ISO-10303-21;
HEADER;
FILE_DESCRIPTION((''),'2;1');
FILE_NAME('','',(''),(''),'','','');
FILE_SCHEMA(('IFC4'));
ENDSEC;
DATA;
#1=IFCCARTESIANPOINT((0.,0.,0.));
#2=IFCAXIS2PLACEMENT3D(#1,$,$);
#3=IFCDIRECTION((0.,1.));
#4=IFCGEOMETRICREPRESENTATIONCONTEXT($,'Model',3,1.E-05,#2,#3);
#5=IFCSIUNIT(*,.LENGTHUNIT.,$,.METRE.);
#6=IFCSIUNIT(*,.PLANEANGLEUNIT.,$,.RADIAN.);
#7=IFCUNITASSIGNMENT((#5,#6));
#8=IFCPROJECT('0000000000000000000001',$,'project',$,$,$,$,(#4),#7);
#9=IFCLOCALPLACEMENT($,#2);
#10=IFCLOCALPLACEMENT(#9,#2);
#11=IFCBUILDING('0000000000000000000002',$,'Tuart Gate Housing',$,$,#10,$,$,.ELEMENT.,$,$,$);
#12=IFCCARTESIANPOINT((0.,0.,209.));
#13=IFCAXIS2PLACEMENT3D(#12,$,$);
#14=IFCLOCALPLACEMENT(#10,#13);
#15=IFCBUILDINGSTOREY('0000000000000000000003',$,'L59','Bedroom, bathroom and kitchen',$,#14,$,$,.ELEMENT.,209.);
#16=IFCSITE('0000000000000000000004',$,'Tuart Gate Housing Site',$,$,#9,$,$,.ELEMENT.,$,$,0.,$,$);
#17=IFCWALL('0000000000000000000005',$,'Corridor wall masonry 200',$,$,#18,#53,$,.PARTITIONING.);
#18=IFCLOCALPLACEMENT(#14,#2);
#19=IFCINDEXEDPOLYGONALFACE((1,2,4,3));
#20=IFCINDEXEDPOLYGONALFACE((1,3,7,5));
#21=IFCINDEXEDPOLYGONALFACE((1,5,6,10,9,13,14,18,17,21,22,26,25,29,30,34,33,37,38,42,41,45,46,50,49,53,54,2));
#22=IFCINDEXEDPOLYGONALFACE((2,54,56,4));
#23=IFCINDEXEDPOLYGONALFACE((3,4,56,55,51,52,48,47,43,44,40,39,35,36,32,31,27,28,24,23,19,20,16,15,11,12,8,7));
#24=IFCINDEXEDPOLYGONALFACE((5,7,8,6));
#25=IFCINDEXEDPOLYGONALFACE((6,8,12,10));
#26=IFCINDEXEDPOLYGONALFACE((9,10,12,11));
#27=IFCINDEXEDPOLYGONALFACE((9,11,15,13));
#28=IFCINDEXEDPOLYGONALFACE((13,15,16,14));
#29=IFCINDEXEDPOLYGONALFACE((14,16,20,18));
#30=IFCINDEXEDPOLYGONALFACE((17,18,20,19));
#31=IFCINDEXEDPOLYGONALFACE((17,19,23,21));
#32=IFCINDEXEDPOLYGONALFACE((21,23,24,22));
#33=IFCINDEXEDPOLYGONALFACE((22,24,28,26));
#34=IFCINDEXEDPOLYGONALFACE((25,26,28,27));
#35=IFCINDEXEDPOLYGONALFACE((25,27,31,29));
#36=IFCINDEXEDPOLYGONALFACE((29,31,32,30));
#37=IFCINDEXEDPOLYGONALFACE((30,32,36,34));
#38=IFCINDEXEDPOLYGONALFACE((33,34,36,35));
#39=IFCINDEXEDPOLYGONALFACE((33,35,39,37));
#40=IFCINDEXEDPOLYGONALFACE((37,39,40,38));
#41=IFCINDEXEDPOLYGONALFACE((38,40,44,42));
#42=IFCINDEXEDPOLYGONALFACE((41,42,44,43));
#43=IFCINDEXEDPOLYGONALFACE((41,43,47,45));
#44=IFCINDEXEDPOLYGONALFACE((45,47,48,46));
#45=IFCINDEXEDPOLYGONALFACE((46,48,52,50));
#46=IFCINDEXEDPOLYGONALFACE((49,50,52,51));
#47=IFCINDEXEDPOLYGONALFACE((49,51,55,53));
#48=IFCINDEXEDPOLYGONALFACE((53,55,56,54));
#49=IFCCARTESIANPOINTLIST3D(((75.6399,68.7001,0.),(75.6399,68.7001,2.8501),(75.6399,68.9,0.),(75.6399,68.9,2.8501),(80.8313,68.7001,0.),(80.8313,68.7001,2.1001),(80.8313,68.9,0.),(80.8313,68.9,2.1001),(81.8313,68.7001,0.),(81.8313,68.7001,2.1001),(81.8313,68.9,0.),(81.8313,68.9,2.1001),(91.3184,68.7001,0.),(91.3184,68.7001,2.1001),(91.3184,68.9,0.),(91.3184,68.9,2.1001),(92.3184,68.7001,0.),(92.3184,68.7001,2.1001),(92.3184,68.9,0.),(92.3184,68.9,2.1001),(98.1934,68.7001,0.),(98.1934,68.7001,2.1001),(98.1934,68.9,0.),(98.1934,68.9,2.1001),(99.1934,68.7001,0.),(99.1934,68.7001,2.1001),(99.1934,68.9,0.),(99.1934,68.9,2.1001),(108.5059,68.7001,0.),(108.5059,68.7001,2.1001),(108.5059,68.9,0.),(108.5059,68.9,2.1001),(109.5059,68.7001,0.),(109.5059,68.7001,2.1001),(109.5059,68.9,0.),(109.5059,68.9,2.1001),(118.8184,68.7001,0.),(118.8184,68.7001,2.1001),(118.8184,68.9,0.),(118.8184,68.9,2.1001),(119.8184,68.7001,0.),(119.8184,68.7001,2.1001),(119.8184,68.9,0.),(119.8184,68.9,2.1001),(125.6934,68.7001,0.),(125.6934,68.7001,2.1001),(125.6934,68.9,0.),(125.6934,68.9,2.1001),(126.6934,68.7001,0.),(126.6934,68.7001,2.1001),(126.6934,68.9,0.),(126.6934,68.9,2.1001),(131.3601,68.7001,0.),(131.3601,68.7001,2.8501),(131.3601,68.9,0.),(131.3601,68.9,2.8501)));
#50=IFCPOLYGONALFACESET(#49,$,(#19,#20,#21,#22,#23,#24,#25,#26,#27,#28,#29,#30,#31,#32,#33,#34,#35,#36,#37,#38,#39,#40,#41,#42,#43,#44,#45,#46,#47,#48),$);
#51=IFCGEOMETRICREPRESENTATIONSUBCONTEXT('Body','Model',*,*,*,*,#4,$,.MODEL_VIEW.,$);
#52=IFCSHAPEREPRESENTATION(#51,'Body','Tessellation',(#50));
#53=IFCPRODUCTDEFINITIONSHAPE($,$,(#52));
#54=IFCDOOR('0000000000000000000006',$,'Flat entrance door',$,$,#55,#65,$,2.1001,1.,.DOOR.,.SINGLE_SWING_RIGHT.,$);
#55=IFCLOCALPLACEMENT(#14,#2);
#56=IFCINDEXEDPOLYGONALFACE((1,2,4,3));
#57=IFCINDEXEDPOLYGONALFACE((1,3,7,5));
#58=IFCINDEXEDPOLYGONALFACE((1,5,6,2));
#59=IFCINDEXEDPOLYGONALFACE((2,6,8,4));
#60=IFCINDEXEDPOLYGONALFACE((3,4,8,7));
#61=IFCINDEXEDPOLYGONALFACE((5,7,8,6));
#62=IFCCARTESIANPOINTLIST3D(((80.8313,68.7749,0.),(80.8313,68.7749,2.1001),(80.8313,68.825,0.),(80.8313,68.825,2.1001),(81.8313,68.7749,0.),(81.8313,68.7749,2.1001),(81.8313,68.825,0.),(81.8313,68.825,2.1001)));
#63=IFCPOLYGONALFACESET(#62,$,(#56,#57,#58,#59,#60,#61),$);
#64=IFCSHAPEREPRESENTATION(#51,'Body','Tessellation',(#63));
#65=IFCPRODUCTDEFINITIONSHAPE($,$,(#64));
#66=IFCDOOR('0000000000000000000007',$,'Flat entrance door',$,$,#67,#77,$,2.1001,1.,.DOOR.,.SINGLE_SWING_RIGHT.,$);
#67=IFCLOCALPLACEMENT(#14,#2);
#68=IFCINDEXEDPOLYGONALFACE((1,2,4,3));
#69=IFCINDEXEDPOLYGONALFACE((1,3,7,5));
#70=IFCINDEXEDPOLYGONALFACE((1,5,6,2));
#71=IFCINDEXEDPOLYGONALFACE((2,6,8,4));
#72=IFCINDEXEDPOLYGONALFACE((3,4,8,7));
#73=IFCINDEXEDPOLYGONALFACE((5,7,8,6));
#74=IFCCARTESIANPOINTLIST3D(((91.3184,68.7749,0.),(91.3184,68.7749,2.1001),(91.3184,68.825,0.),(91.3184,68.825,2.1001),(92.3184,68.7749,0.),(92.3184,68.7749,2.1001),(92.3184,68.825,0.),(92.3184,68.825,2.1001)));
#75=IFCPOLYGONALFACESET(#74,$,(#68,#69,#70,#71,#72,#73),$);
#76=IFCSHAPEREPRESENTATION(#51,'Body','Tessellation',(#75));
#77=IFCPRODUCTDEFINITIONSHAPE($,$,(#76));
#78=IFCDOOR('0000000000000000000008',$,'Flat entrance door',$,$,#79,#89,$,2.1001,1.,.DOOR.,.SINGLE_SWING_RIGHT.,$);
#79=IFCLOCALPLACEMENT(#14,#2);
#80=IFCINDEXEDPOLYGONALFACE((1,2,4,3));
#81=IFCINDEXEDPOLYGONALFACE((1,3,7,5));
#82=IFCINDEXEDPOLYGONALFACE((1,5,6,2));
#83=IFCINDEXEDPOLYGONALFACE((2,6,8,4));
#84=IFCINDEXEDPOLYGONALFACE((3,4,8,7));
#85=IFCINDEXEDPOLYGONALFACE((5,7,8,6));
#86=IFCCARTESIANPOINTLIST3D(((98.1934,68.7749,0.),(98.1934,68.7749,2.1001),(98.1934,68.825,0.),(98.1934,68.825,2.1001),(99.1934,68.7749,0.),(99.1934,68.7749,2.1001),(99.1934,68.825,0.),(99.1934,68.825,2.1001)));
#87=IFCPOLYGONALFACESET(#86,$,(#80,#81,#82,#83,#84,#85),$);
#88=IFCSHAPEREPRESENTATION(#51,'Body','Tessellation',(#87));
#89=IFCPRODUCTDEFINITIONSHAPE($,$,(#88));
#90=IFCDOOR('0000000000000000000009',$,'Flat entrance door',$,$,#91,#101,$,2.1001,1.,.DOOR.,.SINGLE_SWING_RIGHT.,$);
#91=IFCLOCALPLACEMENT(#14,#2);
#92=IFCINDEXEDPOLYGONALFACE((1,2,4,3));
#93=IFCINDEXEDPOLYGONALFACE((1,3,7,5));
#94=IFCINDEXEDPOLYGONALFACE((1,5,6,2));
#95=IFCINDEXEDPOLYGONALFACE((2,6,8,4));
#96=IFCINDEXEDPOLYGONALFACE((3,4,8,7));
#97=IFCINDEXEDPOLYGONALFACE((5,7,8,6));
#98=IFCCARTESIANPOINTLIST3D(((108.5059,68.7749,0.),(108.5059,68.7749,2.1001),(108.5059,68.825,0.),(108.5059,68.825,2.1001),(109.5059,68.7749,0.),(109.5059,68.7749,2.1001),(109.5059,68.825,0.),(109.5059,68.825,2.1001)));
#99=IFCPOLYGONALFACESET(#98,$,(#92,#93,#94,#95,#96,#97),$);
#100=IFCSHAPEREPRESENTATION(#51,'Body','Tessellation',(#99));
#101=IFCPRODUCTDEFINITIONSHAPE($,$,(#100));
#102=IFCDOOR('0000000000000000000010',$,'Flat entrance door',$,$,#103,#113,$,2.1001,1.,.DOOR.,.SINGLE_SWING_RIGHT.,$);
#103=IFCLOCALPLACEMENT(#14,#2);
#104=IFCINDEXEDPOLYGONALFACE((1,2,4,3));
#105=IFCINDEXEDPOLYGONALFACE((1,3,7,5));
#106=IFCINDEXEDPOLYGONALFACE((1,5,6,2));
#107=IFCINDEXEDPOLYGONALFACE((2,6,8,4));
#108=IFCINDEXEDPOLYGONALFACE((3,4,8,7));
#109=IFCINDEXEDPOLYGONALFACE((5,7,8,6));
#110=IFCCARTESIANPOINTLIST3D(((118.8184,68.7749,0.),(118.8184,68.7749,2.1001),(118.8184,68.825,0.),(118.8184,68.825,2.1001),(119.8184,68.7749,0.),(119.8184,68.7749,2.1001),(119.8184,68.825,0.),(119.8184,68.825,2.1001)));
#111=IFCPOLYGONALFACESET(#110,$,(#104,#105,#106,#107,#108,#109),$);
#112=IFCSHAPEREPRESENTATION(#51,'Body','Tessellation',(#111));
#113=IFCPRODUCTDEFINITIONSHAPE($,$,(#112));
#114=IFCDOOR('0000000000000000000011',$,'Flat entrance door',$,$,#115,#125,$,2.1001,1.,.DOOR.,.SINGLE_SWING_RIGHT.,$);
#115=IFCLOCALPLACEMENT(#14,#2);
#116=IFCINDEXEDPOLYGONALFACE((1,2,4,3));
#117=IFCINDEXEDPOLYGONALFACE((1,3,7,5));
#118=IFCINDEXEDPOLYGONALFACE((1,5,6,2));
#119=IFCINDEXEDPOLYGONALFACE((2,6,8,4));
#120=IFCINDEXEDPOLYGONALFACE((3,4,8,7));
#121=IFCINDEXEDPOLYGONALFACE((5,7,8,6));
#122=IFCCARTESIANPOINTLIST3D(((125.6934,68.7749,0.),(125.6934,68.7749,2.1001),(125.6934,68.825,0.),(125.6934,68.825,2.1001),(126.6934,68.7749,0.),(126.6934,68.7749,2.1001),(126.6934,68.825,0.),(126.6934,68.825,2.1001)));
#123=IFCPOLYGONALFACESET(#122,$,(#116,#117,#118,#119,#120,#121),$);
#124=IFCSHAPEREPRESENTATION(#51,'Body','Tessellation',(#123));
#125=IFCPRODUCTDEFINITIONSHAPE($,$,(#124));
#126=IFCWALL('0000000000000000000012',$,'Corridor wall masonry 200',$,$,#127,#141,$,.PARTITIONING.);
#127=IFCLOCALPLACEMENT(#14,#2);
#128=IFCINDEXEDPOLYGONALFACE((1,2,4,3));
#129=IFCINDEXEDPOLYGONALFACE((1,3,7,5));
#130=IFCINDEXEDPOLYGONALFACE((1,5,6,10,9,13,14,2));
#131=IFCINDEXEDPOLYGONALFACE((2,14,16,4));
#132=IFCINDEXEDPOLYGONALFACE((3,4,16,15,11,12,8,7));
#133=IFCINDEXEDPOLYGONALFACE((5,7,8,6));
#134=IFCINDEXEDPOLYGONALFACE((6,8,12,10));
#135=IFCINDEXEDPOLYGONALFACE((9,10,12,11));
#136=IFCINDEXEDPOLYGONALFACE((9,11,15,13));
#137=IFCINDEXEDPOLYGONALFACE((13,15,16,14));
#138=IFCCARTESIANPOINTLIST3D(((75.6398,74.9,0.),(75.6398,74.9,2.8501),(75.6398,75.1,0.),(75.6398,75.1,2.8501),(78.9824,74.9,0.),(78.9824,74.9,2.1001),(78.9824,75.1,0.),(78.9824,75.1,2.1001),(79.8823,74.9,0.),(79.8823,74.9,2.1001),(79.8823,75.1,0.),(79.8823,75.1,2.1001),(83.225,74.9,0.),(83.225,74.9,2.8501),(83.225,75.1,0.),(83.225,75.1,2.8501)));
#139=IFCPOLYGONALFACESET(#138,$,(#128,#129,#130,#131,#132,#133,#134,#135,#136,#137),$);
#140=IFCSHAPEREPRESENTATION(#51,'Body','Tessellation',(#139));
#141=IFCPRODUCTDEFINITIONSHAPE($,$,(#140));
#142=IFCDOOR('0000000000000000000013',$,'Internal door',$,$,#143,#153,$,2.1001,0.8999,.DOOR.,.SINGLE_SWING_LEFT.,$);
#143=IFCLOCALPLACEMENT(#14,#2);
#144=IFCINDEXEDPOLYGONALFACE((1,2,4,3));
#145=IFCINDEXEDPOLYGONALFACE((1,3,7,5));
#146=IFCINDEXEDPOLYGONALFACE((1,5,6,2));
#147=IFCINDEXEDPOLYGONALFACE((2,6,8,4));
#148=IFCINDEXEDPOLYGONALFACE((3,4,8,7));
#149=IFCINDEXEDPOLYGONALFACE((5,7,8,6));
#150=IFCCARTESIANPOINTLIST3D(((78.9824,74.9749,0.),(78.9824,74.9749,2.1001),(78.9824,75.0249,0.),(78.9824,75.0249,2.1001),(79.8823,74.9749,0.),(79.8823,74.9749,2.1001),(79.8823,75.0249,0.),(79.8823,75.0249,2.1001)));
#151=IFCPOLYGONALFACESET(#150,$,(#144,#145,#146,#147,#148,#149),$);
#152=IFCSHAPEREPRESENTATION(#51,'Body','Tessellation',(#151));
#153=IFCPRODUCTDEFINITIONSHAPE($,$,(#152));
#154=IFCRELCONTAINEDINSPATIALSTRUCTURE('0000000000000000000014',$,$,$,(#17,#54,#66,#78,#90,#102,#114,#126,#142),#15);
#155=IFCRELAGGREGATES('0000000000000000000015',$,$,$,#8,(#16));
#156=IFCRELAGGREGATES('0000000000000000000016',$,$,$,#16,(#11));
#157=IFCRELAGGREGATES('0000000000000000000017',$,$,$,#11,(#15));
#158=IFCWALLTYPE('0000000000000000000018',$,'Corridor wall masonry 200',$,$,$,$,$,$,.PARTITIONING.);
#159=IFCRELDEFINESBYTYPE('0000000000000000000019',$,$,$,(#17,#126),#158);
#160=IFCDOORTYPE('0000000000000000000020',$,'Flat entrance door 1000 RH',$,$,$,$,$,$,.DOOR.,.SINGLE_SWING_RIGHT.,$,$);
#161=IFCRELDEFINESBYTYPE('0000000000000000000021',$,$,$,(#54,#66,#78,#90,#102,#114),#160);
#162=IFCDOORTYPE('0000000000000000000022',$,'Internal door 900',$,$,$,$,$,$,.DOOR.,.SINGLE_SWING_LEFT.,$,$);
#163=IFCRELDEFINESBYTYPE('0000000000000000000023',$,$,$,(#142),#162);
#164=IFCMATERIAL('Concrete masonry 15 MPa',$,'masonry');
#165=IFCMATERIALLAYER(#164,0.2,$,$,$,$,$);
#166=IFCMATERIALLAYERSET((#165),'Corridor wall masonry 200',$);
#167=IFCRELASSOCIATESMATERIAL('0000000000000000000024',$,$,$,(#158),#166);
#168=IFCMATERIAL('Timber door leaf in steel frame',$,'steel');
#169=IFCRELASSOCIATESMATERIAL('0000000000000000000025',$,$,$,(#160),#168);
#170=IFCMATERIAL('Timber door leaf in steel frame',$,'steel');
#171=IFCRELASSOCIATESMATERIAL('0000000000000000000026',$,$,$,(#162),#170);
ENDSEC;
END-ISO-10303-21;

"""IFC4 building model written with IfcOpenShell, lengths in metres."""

from ifc_helpers import new_model, si_unit, direction, frame, frame_2d, origin, place, context, subcontext, project, spatial, rectangle, extrude, material, layer, layer_set, type_object, element, fill, save


model = new_model("IFC4")

# Units and contexts
model_context = context("Model", 3, precision=1e-05, world=origin(), true_north=direction((0.0, 1.0)))
body_context = subcontext(model_context, "Body", "Model", "MODEL_VIEW")
ifc_project = project(units=[si_unit("LENGTHUNIT", "METRE"), si_unit("PLANEANGLEUNIT", "RADIAN")], contexts=[model_context])

# Site, building, storey
site_placement = place(None, origin())
site = spatial("IfcSite", under=ifc_project, at=site_placement, Name="Tuart Gate Housing Site", CompositionType="ELEMENT", RefElevation=0.0)
building_placement = place(site_placement, origin())
building = spatial("IfcBuilding", under=site, at=building_placement, Name="Tuart Gate Housing", CompositionType="ELEMENT")
storey_placement = place(building_placement, frame((0.0, 0.0, 209.0)))
storey = spatial("IfcBuildingStorey", under=building, at=storey_placement, Name="L59", Description="Bedroom, bathroom and kitchen", CompositionType="ELEMENT", Elevation=209.0)

# Wall, openings, doors
ifc_material_1 = material(Name="Concrete masonry 15 MPa", Category="masonry")
ifc_layer_1 = layer(ifc_material_1, 0.2)
ifc_layer_set_1 = layer_set([ifc_layer_1], Name="Corridor wall masonry 200")
wall_type_1 = type_object("IfcWallType", Name="Corridor wall masonry 200", PredefinedType="PARTITIONING", material=ifc_layer_set_1)
wall_1_placement = place(storey_placement, frame((75.6399, 68.8, 0.0), z_axis=(0.0, 0.0, 1.0), x_axis=(1.0, 0.0, 0.0)))
wall_1 = element("IfcWall", 1, at=wall_1_placement, inside=storey, type_object=wall_type_1, Name="Corridor wall masonry 200", PredefinedType="PARTITIONING", context=body_context, shape_type="SweptSolid", body=[
    extrude(rectangle(XDim=55.7202, YDim=0.2, at=frame_2d((27.8601, 0.0))), origin(), (0.0, 0.0, 1.0), 2.8501),
])
opening_1_placement = place(wall_1_placement, frame((5.1914, 0.0, 0.0)))
opening_1 = element("IfcOpeningElement", 2, at=opening_1_placement, cuts=wall_1, PredefinedType="OPENING", context=body_context, shape_type="SweptSolid", body=[
    extrude(rectangle(XDim=1.0, YDim=2.1001, at=frame_2d((0.5, 1.05))), frame((0.0, 0.1099, 0.0), z_axis=(0.0, -1.0, 0.0), x_axis=(1.0, 0.0, 0.0)), (0.0, 0.0, 1.0), 0.22),
])
opening_2_placement = place(wall_1_placement, frame((15.6785, 0.0, 0.0)))
opening_2 = element("IfcOpeningElement", 3, at=opening_2_placement, cuts=wall_1, PredefinedType="OPENING", context=body_context, shape_type="SweptSolid", body=[
    extrude(rectangle(XDim=1.0, YDim=2.1001, at=frame_2d((0.5, 1.05))), frame((0.0, 0.1099, 0.0), z_axis=(0.0, -1.0, 0.0), x_axis=(1.0, 0.0, 0.0)), (0.0, 0.0, 1.0), 0.22),
])
opening_3_placement = place(wall_1_placement, frame((22.5535, 0.0, 0.0)))
opening_3 = element("IfcOpeningElement", 4, at=opening_3_placement, cuts=wall_1, PredefinedType="OPENING", context=body_context, shape_type="SweptSolid", body=[
    extrude(rectangle(XDim=1.0, YDim=2.1001, at=frame_2d((0.5, 1.05))), frame((0.0, 0.1099, 0.0), z_axis=(0.0, -1.0, 0.0), x_axis=(1.0, 0.0, 0.0)), (0.0, 0.0, 1.0), 0.22),
])
opening_4_placement = place(wall_1_placement, frame((32.866, 0.0, 0.0)))
opening_4 = element("IfcOpeningElement", 5, at=opening_4_placement, cuts=wall_1, PredefinedType="OPENING", context=body_context, shape_type="SweptSolid", body=[
    extrude(rectangle(XDim=1.0, YDim=2.1001, at=frame_2d((0.5, 1.05))), frame((0.0, 0.1099, 0.0), z_axis=(0.0, -1.0, 0.0), x_axis=(1.0, 0.0, 0.0)), (0.0, 0.0, 1.0), 0.22),
])
opening_5_placement = place(wall_1_placement, frame((43.1785, 0.0, 0.0)))
opening_5 = element("IfcOpeningElement", 6, at=opening_5_placement, cuts=wall_1, PredefinedType="OPENING", context=body_context, shape_type="SweptSolid", body=[
    extrude(rectangle(XDim=1.0, YDim=2.1001, at=frame_2d((0.5, 1.05))), frame((0.0, 0.1099, 0.0), z_axis=(0.0, -1.0, 0.0), x_axis=(1.0, 0.0, 0.0)), (0.0, 0.0, 1.0), 0.22),
])
opening_6_placement = place(wall_1_placement, frame((50.0535, 0.0, 0.0)))
opening_6 = element("IfcOpeningElement", 7, at=opening_6_placement, cuts=wall_1, PredefinedType="OPENING", context=body_context, shape_type="SweptSolid", body=[
    extrude(rectangle(XDim=1.0, YDim=2.1001, at=frame_2d((0.5, 1.05))), frame((0.0, 0.1099, 0.0), z_axis=(0.0, -1.0, 0.0), x_axis=(1.0, 0.0, 0.0)), (0.0, 0.0, 1.0), 0.22),
])
ifc_material_2 = material(Name="Timber door leaf in steel frame", Category="steel")
door_type_1 = type_object("IfcDoorType", Name="Flat entrance door 1000 RH", OperationType="SINGLE_SWING_RIGHT", PredefinedType="DOOR", material=ifc_material_2)
door_1_placement = place(opening_1_placement, frame((1.0, 0.0, 0.0), z_axis=(0.0, 0.0, 1.0), x_axis=(-1.0, 0.0, 0.0)))
door_1 = element("IfcDoor", 8, at=door_1_placement, inside=storey, type_object=door_type_1, Name="Flat entrance door", OperationType="SINGLE_SWING_RIGHT", OverallHeight=2.1001, OverallWidth=1.0, PredefinedType="DOOR", context=body_context, shape_type="SweptSolid", body=[
    extrude(rectangle(XDim=1.0, YDim=2.1001, at=frame_2d((0.5, 1.05))), frame((0.0, 0.0251, 0.0), z_axis=(0.0, -1.0, 0.0), x_axis=(1.0, 0.0, 0.0)), (0.0, 0.0, 1.0), 0.05),
])
fill(opening_1, door_1)
door_2_placement = place(opening_2_placement, frame((1.0, 0.0, 0.0), z_axis=(0.0, 0.0, 1.0), x_axis=(-1.0, 0.0, 0.0)))
door_2 = element("IfcDoor", 9, at=door_2_placement, inside=storey, type_object=door_type_1, Name="Flat entrance door", OperationType="SINGLE_SWING_RIGHT", OverallHeight=2.1001, OverallWidth=1.0, PredefinedType="DOOR", context=body_context, shape_type="SweptSolid", body=[
    extrude(rectangle(XDim=1.0, YDim=2.1001, at=frame_2d((0.5, 1.05))), frame((0.0, 0.0251, 0.0), z_axis=(0.0, -1.0, 0.0), x_axis=(1.0, 0.0, 0.0)), (0.0, 0.0, 1.0), 0.05),
])
fill(opening_2, door_2)
door_3_placement = place(opening_3_placement, frame((1.0, 0.0, 0.0), z_axis=(0.0, 0.0, 1.0), x_axis=(-1.0, 0.0, 0.0)))
door_3 = element("IfcDoor", 10, at=door_3_placement, inside=storey, type_object=door_type_1, Name="Flat entrance door", OperationType="SINGLE_SWING_RIGHT", OverallHeight=2.1001, OverallWidth=1.0, PredefinedType="DOOR", context=body_context, shape_type="SweptSolid", body=[
    extrude(rectangle(XDim=1.0, YDim=2.1001, at=frame_2d((0.5, 1.05))), frame((0.0, 0.0251, 0.0), z_axis=(0.0, -1.0, 0.0), x_axis=(1.0, 0.0, 0.0)), (0.0, 0.0, 1.0), 0.05),
])
fill(opening_3, door_3)
door_4_placement = place(opening_4_placement, frame((1.0, 0.0, 0.0), z_axis=(0.0, 0.0, 1.0), x_axis=(-1.0, 0.0, 0.0)))
door_4 = element("IfcDoor", 11, at=door_4_placement, inside=storey, type_object=door_type_1, Name="Flat entrance door", OperationType="SINGLE_SWING_RIGHT", OverallHeight=2.1001, OverallWidth=1.0, PredefinedType="DOOR", context=body_context, shape_type="SweptSolid", body=[
    extrude(rectangle(XDim=1.0, YDim=2.1001, at=frame_2d((0.5, 1.05))), frame((0.0, 0.0251, 0.0), z_axis=(0.0, -1.0, 0.0), x_axis=(1.0, 0.0, 0.0)), (0.0, 0.0, 1.0), 0.05),
])
fill(opening_4, door_4)
door_5_placement = place(opening_5_placement, frame((1.0, 0.0, 0.0), z_axis=(0.0, 0.0, 1.0), x_axis=(-1.0, 0.0, 0.0)))
door_5 = element("IfcDoor", 12, at=door_5_placement, inside=storey, type_object=door_type_1, Name="Flat entrance door", OperationType="SINGLE_SWING_RIGHT", OverallHeight=2.1001, OverallWidth=1.0, PredefinedType="DOOR", context=body_context, shape_type="SweptSolid", body=[
    extrude(rectangle(XDim=1.0, YDim=2.1001, at=frame_2d((0.5, 1.05))), frame((0.0, 0.0251, 0.0), z_axis=(0.0, -1.0, 0.0), x_axis=(1.0, 0.0, 0.0)), (0.0, 0.0, 1.0), 0.05),
])
fill(opening_5, door_5)
door_6_placement = place(opening_6_placement, frame((1.0, 0.0, 0.0), z_axis=(0.0, 0.0, 1.0), x_axis=(-1.0, 0.0, 0.0)))
door_6 = element("IfcDoor", 13, at=door_6_placement, inside=storey, type_object=door_type_1, Name="Flat entrance door", OperationType="SINGLE_SWING_RIGHT", OverallHeight=2.1001, OverallWidth=1.0, PredefinedType="DOOR", context=body_context, shape_type="SweptSolid", body=[
    extrude(rectangle(XDim=1.0, YDim=2.1001, at=frame_2d((0.5, 1.05))), frame((0.0, 0.0251, 0.0), z_axis=(0.0, -1.0, 0.0), x_axis=(1.0, 0.0, 0.0)), (0.0, 0.0, 1.0), 0.05),
])
fill(opening_6, door_6)

# Wall, opening, door
wall_2_placement = place(storey_placement, frame((75.6399, 75.0, 0.0), z_axis=(0.0, 0.0, 1.0), x_axis=(1.0, 0.0, 0.0)))
wall_2 = element("IfcWall", 14, at=wall_2_placement, inside=storey, type_object=wall_type_1, Name="Corridor wall masonry 200", PredefinedType="PARTITIONING", context=body_context, shape_type="SweptSolid", body=[
    extrude(rectangle(XDim=7.5852, YDim=0.2, at=frame_2d((3.7925, 0.0))), origin(), (0.0, 0.0, 1.0), 2.8501),
])
opening_7_placement = place(wall_2_placement, frame((3.3425, 0.0, 0.0)))
opening_7 = element("IfcOpeningElement", 15, at=opening_7_placement, cuts=wall_2, PredefinedType="OPENING", context=body_context, shape_type="SweptSolid", body=[
    extrude(rectangle(XDim=0.8999, YDim=2.1001, at=frame_2d((0.45, 1.05))), frame((0.0, 0.1099, 0.0), z_axis=(0.0, -1.0, 0.0), x_axis=(1.0, 0.0, 0.0)), (0.0, 0.0, 1.0), 0.22),
])
ifc_material_3 = material(Name="Timber door leaf in steel frame", Category="steel")
door_type_2 = type_object("IfcDoorType", Name="Internal door 900", OperationType="SINGLE_SWING_LEFT", PredefinedType="DOOR", material=ifc_material_3)
door_7_placement = place(opening_7_placement, origin())
door_7 = element("IfcDoor", 16, at=door_7_placement, inside=storey, type_object=door_type_2, Name="Internal door", OperationType="SINGLE_SWING_LEFT", OverallHeight=2.1001, OverallWidth=0.8999, PredefinedType="DOOR", context=body_context, shape_type="SweptSolid", body=[
    extrude(rectangle(XDim=0.8999, YDim=2.1001, at=frame_2d((0.45, 1.05))), frame((0.0, 0.0249, 0.0), z_axis=(0.0, -1.0, 0.0), x_axis=(1.0, 0.0, 0.0)), (0.0, 0.0, 1.0), 0.05),
])
fill(opening_7, door_7)

save(model, "model.ifc")
